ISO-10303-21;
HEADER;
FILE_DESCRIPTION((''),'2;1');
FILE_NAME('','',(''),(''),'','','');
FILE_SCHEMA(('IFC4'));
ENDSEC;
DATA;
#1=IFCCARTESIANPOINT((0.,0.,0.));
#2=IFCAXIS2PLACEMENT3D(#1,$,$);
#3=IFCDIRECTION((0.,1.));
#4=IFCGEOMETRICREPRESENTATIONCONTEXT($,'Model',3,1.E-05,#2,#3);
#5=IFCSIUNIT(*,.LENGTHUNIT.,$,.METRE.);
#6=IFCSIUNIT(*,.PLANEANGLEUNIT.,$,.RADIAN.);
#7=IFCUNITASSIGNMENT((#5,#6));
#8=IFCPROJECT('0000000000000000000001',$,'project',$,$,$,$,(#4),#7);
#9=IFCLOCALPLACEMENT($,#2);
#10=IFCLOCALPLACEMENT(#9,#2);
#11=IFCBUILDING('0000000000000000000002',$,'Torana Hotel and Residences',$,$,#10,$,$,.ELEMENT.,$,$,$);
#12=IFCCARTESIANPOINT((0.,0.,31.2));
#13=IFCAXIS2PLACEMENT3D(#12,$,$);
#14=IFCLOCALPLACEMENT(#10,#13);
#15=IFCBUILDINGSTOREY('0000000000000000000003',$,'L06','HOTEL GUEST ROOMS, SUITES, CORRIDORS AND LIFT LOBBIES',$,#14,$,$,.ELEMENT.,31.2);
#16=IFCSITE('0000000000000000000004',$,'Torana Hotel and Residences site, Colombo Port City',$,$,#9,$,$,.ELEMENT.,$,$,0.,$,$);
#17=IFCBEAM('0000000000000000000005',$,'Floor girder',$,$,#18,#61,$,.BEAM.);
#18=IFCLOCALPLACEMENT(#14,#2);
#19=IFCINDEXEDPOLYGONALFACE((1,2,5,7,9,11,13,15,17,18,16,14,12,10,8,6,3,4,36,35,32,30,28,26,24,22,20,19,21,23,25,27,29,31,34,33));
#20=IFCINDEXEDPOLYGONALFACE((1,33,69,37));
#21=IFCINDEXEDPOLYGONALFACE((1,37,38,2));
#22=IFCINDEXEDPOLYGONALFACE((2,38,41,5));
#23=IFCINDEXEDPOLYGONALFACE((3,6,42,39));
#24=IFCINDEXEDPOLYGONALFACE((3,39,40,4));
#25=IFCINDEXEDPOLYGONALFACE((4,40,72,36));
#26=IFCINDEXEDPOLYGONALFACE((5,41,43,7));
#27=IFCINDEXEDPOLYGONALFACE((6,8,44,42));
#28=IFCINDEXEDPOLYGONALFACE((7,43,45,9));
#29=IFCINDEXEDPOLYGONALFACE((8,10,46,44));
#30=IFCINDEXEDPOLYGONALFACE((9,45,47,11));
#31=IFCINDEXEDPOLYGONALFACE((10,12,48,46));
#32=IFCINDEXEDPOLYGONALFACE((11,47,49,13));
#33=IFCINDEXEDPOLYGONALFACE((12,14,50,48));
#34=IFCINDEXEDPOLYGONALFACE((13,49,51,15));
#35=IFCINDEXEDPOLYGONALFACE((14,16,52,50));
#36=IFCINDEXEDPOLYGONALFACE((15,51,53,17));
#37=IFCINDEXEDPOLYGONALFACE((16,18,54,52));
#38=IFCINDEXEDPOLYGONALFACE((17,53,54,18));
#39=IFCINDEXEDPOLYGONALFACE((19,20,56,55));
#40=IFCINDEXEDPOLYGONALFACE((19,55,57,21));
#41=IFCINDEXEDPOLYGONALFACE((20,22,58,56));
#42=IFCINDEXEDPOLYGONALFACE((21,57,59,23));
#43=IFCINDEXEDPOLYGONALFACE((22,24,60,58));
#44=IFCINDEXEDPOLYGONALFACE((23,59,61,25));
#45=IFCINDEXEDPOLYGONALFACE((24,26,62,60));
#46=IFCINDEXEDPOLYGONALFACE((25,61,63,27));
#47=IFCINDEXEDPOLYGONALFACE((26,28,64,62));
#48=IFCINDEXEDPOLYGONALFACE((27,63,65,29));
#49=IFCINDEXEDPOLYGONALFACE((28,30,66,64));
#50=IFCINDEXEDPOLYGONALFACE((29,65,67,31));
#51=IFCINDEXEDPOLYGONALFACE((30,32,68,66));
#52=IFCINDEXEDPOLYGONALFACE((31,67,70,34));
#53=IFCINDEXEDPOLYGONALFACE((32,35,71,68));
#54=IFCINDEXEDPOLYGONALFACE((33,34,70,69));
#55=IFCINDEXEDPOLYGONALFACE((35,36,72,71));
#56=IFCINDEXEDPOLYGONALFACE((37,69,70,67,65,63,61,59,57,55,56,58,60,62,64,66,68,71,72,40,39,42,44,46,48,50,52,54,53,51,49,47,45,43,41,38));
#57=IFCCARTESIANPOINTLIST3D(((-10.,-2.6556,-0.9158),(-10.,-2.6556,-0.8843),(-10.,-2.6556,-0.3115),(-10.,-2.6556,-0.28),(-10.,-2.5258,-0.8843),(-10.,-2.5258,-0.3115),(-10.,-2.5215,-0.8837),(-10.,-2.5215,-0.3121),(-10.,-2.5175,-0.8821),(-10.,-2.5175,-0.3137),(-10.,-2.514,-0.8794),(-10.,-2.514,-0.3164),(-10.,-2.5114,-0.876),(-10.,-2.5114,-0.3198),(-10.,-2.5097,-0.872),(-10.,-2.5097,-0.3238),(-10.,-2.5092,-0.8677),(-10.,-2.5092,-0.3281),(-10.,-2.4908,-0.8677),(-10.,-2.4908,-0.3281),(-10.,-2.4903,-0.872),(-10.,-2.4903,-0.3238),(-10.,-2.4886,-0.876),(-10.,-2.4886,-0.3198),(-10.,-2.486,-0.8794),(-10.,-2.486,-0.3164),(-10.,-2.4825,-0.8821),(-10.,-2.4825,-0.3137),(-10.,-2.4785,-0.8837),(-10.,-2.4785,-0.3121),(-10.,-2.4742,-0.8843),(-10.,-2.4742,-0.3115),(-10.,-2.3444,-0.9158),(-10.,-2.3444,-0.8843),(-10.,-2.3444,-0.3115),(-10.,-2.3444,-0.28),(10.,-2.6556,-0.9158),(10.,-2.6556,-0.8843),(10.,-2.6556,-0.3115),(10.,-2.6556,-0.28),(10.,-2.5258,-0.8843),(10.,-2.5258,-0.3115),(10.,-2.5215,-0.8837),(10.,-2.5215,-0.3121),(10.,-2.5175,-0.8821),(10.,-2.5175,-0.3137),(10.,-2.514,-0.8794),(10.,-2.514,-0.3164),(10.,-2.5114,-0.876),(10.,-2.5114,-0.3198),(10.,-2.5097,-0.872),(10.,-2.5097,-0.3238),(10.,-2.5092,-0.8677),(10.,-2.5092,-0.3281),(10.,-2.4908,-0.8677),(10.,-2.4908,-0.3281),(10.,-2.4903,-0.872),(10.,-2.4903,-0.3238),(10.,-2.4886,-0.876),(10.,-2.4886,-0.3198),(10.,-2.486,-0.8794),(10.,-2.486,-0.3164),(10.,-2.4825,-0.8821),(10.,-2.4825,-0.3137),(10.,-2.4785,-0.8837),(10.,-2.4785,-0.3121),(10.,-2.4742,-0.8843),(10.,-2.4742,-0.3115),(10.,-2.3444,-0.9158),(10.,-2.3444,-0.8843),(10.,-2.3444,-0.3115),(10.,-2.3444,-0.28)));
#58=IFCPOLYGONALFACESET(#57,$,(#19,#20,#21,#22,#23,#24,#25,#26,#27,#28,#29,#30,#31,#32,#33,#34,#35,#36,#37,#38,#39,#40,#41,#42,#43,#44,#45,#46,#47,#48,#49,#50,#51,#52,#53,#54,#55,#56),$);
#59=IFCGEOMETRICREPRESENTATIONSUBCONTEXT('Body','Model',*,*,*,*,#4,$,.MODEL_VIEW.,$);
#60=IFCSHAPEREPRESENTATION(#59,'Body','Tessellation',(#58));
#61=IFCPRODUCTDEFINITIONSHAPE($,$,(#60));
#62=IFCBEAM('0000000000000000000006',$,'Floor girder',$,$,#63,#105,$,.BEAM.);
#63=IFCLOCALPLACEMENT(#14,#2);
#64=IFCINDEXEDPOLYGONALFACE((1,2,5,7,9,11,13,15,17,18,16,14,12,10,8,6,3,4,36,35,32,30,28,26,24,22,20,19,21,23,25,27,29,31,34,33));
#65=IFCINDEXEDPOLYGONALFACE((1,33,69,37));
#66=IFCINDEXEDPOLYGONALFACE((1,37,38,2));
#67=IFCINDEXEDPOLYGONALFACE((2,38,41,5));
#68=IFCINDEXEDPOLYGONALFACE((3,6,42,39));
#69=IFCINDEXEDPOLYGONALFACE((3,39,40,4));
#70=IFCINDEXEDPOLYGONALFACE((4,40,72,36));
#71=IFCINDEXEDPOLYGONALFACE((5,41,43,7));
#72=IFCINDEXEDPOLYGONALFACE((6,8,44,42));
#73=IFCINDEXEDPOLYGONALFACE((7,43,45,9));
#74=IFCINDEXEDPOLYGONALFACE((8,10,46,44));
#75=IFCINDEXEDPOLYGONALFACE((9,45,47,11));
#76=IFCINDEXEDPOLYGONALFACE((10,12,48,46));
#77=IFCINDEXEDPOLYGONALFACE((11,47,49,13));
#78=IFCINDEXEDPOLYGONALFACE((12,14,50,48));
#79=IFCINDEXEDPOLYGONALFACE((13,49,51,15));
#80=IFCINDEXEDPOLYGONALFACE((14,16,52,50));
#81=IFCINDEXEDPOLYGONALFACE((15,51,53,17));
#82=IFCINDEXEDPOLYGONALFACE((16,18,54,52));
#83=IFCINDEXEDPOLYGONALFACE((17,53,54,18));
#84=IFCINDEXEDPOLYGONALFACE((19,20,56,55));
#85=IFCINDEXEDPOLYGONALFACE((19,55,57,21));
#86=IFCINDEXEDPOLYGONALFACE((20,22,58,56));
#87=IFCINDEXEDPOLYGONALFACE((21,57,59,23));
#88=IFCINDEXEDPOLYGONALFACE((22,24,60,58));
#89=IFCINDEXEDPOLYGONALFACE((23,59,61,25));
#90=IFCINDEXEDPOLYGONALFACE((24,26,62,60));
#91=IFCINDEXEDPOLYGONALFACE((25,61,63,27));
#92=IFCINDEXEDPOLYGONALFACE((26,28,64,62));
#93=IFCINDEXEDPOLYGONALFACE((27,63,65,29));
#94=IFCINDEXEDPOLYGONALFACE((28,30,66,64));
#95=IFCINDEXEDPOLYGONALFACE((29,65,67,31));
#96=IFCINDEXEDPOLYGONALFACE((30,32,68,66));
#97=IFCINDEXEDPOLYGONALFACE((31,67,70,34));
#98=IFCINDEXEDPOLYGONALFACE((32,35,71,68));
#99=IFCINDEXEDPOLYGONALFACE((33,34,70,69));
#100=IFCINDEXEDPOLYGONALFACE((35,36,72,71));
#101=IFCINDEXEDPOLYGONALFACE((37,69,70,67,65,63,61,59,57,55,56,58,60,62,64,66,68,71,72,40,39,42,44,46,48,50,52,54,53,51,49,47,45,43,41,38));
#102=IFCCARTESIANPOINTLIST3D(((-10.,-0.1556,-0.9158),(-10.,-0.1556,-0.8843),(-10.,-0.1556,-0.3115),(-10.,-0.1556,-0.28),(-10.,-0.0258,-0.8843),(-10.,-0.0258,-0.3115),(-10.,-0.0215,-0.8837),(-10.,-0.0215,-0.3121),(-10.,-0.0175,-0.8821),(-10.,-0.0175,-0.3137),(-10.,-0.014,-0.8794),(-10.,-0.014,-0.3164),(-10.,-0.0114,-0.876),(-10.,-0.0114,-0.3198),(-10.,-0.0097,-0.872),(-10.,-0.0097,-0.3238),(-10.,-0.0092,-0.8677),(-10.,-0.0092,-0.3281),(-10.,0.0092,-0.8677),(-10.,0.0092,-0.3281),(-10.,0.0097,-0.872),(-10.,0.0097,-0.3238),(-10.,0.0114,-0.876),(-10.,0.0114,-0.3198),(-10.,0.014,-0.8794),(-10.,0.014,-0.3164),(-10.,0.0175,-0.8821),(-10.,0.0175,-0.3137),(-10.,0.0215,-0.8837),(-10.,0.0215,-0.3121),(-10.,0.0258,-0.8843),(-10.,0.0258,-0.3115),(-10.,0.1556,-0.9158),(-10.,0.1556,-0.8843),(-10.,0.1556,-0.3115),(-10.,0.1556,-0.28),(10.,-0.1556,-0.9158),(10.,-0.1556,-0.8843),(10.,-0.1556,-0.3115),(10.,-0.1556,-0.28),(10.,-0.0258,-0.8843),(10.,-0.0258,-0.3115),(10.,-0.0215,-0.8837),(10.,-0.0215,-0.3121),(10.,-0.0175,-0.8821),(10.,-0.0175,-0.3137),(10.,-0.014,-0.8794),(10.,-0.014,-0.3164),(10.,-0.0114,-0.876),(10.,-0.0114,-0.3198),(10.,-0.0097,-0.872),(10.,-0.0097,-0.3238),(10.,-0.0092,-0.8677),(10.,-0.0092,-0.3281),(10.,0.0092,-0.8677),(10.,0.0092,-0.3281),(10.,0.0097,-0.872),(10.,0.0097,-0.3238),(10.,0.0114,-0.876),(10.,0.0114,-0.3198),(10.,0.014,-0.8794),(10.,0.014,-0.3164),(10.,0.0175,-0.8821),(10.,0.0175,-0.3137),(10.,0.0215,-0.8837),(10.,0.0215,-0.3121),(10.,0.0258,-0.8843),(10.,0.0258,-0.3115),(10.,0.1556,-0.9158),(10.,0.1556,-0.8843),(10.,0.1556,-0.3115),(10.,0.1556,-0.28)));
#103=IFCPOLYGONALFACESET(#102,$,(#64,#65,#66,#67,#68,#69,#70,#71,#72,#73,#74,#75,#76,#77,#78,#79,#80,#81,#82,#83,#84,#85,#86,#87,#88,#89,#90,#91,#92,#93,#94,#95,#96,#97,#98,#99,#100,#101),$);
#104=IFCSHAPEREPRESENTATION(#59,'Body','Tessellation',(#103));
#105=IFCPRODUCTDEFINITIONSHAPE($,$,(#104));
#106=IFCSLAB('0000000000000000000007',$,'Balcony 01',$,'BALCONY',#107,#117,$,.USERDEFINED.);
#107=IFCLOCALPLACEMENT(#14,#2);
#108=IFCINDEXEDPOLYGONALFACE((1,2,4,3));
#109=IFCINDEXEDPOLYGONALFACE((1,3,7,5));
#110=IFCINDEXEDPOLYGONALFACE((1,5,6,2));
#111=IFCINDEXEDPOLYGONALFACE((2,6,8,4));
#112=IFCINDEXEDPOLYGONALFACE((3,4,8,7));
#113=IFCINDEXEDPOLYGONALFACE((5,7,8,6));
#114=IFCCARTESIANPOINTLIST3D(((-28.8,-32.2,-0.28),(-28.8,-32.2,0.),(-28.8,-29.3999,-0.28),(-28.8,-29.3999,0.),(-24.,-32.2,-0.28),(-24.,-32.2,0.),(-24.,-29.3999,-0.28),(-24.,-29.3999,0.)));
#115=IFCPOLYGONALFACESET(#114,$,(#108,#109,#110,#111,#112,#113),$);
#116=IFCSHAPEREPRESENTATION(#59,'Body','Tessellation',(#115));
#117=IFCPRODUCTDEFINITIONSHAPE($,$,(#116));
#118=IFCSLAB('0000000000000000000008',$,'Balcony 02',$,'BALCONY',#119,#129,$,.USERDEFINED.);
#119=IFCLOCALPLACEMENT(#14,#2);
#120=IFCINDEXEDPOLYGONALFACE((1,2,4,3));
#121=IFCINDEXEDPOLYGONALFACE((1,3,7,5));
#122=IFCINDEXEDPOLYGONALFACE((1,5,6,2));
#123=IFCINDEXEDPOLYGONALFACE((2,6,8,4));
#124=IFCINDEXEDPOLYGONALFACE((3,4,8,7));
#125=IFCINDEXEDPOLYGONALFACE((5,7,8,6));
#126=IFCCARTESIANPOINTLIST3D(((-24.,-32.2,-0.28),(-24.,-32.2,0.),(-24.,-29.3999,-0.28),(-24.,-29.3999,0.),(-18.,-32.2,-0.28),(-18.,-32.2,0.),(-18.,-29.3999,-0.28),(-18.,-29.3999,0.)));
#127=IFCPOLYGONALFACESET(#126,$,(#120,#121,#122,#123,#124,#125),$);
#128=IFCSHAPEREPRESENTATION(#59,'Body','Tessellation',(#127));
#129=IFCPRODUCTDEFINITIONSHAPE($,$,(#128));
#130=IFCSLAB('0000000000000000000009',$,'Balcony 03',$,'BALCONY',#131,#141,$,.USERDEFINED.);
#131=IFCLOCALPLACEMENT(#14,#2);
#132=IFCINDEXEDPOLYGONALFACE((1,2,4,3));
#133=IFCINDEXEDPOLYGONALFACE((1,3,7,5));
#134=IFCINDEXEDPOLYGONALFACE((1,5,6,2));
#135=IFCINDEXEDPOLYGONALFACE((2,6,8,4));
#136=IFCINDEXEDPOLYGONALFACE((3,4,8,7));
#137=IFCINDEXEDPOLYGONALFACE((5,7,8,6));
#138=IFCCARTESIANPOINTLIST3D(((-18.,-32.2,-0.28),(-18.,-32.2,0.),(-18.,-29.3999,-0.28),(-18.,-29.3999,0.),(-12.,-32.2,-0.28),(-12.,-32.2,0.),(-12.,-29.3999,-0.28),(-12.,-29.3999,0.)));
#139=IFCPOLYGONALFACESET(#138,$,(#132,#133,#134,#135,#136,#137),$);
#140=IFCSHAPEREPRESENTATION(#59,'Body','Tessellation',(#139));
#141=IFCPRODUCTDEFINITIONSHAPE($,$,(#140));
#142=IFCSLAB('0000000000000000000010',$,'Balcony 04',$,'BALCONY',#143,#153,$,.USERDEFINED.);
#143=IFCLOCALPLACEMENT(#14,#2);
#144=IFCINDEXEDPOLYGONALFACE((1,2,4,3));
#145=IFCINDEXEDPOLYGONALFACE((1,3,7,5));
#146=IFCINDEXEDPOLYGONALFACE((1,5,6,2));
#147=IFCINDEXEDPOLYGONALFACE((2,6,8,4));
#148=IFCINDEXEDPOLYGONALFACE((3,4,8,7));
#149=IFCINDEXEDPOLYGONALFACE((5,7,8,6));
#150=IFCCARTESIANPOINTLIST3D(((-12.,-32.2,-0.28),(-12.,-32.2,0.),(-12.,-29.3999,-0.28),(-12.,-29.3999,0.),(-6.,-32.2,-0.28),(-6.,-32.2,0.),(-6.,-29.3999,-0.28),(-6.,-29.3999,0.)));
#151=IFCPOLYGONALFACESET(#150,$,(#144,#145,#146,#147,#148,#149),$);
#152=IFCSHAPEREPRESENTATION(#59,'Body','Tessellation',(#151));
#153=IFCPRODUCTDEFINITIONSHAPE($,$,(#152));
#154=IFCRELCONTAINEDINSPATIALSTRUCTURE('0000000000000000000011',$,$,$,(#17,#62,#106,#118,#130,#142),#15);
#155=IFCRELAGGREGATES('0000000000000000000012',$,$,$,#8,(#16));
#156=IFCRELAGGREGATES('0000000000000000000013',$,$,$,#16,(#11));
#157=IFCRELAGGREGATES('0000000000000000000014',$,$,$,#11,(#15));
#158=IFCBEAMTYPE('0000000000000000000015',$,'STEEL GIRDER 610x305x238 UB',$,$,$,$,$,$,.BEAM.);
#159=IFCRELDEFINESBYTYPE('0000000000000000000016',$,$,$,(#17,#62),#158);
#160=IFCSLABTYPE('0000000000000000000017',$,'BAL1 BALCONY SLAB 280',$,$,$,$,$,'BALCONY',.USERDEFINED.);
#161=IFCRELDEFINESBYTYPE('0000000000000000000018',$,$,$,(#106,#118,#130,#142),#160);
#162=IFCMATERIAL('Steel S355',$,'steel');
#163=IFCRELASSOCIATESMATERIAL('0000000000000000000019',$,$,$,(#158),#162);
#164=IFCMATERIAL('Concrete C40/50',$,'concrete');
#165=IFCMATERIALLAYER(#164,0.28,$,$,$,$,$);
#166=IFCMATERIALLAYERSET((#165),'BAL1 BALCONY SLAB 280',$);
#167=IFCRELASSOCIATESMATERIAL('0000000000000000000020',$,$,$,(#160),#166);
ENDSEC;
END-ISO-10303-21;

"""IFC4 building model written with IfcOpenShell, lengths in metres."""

from ifc_helpers import new_model, si_unit, direction, frame, origin, origin_2d, place, context, subcontext, project, spatial, polyline, i_section, outline, extrude, material, layer, layer_set, material_profile, profile_set, type_object, element, save


model = new_model("IFC4")

# Units and contexts
model_context = context("Model", 3, precision=1e-05, world=origin(), true_north=direction((0.0, 1.0)))
body_context = subcontext(model_context, "Body", "Model", "MODEL_VIEW")
ifc_project = project(units=[si_unit("LENGTHUNIT", "METRE"), si_unit("PLANEANGLEUNIT", "RADIAN")], contexts=[model_context])

# Site, building, storey
site_placement = place(None, origin())
site = spatial("IfcSite", under=ifc_project, at=site_placement, Name="Torana Hotel and Residences site, Colombo Port City", CompositionType="ELEMENT", RefElevation=0.0)
building_placement = place(site_placement, origin())
building = spatial("IfcBuilding", under=site, at=building_placement, Name="Torana Hotel and Residences", CompositionType="ELEMENT")
storey_placement = place(building_placement, frame((0.0, 0.0, 31.2)))
storey = spatial("IfcBuildingStorey", under=building, at=storey_placement, Name="L06", Description="HOTEL GUEST ROOMS, SUITES, CORRIDORS AND LIFT LOBBIES", CompositionType="ELEMENT", Elevation=31.2)

# Beams
ifc_material_1 = material(Name="Steel S355", Category="steel")
ifc_material_profile = material_profile(ifc_material_1, i_section(OverallWidth=0.3113, OverallDepth=0.6357, WebThickness=0.0183, FlangeThickness=0.0315, FilletRadius=0.0166, at=origin_2d()), Name="610x305x238 UB")
ifc_profile_set = profile_set([ifc_material_profile], Name="Steel S355")
beam_type = type_object("IfcBeamType", Name="STEEL GIRDER 610x305x238 UB", PredefinedType="BEAM", material=ifc_profile_set)
for number, where, z_axis, x_axis, name in (
    (1, (-10.0, -2.5, -0.5979), (1.0, 0.0, 0.0), (0.0, 1.0, 0.0), "Floor girder"),
    (2, (-10.0, 0.0, -0.5979), (1.0, 0.0, 0.0), (0.0, 1.0, 0.0), "Floor girder"),
):
    element("IfcBeam", number, at=place(storey_placement, frame(where, z_axis=z_axis, x_axis=x_axis)), inside=storey, type_object=beam_type, Name=name, PredefinedType="BEAM", context=body_context, shape_type="SweptSolid", body=[
        extrude(i_section(OverallWidth=0.3113, OverallDepth=0.6357, WebThickness=0.0183, FlangeThickness=0.0315, FilletRadius=0.0166, at=origin_2d()), origin(), (0.0, 0.0, 1.0), 20.0),
    ])

# Slabs
ifc_material_2 = material(Name="Concrete C40/50", Category="concrete")
ifc_layer_1 = layer(ifc_material_2, 0.28)
ifc_layer_set_1 = layer_set([ifc_layer_1], Name="BAL1 BALCONY SLAB 280")
slab_type_1 = type_object("IfcSlabType", Name="BAL1 BALCONY SLAB 280", ElementType="BALCONY", PredefinedType="USERDEFINED", material=ifc_layer_set_1)
slab_1_placement = place(storey_placement, frame((0.0, 0.0, -0.28)))
element("IfcSlab", 3, at=slab_1_placement, inside=storey, type_object=slab_type_1, Name="Balcony 01", ObjectType="BALCONY", PredefinedType="USERDEFINED", context=body_context, shape_type="SweptSolid", body=[
    extrude(outline(polyline([(-28.8, -32.2), (-24.0, -32.2), (-24.0, -29.3999), (-28.8, -29.3999), (-28.8, -32.2)])), origin(), (0.0, 0.0, 1.0), 0.28),
])
slab_2_placement = place(storey_placement, frame((0.0, 0.0, -0.28)))
element("IfcSlab", 4, at=slab_2_placement, inside=storey, type_object=slab_type_1, Name="Balcony 02", ObjectType="BALCONY", PredefinedType="USERDEFINED", context=body_context, shape_type="SweptSolid", body=[
    extrude(outline(polyline([(-24.0, -32.2), (-18.0, -32.2), (-18.0, -29.3999), (-24.0, -29.3999), (-24.0, -32.2)])), origin(), (0.0, 0.0, 1.0), 0.28),
])
slab_3_placement = place(storey_placement, frame((0.0, 0.0, -0.28)))
element("IfcSlab", 5, at=slab_3_placement, inside=storey, type_object=slab_type_1, Name="Balcony 03", ObjectType="BALCONY", PredefinedType="USERDEFINED", context=body_context, shape_type="SweptSolid", body=[
    extrude(outline(polyline([(-18.0, -32.2), (-12.0, -32.2), (-12.0, -29.3999), (-18.0, -29.3999), (-18.0, -32.2)])), origin(), (0.0, 0.0, 1.0), 0.28),
])
slab_4_placement = place(storey_placement, frame((0.0, 0.0, -0.28)))
element("IfcSlab", 6, at=slab_4_placement, inside=storey, type_object=slab_type_1, Name="Balcony 04", ObjectType="BALCONY", PredefinedType="USERDEFINED", context=body_context, shape_type="SweptSolid", body=[
    extrude(outline(polyline([(-12.0, -32.2), (-6.0, -32.2), (-6.0, -29.3999), (-12.0, -29.3999), (-12.0, -32.2)])), origin(), (0.0, 0.0, 1.0), 0.28),
])

save(model, "model.ifc")
